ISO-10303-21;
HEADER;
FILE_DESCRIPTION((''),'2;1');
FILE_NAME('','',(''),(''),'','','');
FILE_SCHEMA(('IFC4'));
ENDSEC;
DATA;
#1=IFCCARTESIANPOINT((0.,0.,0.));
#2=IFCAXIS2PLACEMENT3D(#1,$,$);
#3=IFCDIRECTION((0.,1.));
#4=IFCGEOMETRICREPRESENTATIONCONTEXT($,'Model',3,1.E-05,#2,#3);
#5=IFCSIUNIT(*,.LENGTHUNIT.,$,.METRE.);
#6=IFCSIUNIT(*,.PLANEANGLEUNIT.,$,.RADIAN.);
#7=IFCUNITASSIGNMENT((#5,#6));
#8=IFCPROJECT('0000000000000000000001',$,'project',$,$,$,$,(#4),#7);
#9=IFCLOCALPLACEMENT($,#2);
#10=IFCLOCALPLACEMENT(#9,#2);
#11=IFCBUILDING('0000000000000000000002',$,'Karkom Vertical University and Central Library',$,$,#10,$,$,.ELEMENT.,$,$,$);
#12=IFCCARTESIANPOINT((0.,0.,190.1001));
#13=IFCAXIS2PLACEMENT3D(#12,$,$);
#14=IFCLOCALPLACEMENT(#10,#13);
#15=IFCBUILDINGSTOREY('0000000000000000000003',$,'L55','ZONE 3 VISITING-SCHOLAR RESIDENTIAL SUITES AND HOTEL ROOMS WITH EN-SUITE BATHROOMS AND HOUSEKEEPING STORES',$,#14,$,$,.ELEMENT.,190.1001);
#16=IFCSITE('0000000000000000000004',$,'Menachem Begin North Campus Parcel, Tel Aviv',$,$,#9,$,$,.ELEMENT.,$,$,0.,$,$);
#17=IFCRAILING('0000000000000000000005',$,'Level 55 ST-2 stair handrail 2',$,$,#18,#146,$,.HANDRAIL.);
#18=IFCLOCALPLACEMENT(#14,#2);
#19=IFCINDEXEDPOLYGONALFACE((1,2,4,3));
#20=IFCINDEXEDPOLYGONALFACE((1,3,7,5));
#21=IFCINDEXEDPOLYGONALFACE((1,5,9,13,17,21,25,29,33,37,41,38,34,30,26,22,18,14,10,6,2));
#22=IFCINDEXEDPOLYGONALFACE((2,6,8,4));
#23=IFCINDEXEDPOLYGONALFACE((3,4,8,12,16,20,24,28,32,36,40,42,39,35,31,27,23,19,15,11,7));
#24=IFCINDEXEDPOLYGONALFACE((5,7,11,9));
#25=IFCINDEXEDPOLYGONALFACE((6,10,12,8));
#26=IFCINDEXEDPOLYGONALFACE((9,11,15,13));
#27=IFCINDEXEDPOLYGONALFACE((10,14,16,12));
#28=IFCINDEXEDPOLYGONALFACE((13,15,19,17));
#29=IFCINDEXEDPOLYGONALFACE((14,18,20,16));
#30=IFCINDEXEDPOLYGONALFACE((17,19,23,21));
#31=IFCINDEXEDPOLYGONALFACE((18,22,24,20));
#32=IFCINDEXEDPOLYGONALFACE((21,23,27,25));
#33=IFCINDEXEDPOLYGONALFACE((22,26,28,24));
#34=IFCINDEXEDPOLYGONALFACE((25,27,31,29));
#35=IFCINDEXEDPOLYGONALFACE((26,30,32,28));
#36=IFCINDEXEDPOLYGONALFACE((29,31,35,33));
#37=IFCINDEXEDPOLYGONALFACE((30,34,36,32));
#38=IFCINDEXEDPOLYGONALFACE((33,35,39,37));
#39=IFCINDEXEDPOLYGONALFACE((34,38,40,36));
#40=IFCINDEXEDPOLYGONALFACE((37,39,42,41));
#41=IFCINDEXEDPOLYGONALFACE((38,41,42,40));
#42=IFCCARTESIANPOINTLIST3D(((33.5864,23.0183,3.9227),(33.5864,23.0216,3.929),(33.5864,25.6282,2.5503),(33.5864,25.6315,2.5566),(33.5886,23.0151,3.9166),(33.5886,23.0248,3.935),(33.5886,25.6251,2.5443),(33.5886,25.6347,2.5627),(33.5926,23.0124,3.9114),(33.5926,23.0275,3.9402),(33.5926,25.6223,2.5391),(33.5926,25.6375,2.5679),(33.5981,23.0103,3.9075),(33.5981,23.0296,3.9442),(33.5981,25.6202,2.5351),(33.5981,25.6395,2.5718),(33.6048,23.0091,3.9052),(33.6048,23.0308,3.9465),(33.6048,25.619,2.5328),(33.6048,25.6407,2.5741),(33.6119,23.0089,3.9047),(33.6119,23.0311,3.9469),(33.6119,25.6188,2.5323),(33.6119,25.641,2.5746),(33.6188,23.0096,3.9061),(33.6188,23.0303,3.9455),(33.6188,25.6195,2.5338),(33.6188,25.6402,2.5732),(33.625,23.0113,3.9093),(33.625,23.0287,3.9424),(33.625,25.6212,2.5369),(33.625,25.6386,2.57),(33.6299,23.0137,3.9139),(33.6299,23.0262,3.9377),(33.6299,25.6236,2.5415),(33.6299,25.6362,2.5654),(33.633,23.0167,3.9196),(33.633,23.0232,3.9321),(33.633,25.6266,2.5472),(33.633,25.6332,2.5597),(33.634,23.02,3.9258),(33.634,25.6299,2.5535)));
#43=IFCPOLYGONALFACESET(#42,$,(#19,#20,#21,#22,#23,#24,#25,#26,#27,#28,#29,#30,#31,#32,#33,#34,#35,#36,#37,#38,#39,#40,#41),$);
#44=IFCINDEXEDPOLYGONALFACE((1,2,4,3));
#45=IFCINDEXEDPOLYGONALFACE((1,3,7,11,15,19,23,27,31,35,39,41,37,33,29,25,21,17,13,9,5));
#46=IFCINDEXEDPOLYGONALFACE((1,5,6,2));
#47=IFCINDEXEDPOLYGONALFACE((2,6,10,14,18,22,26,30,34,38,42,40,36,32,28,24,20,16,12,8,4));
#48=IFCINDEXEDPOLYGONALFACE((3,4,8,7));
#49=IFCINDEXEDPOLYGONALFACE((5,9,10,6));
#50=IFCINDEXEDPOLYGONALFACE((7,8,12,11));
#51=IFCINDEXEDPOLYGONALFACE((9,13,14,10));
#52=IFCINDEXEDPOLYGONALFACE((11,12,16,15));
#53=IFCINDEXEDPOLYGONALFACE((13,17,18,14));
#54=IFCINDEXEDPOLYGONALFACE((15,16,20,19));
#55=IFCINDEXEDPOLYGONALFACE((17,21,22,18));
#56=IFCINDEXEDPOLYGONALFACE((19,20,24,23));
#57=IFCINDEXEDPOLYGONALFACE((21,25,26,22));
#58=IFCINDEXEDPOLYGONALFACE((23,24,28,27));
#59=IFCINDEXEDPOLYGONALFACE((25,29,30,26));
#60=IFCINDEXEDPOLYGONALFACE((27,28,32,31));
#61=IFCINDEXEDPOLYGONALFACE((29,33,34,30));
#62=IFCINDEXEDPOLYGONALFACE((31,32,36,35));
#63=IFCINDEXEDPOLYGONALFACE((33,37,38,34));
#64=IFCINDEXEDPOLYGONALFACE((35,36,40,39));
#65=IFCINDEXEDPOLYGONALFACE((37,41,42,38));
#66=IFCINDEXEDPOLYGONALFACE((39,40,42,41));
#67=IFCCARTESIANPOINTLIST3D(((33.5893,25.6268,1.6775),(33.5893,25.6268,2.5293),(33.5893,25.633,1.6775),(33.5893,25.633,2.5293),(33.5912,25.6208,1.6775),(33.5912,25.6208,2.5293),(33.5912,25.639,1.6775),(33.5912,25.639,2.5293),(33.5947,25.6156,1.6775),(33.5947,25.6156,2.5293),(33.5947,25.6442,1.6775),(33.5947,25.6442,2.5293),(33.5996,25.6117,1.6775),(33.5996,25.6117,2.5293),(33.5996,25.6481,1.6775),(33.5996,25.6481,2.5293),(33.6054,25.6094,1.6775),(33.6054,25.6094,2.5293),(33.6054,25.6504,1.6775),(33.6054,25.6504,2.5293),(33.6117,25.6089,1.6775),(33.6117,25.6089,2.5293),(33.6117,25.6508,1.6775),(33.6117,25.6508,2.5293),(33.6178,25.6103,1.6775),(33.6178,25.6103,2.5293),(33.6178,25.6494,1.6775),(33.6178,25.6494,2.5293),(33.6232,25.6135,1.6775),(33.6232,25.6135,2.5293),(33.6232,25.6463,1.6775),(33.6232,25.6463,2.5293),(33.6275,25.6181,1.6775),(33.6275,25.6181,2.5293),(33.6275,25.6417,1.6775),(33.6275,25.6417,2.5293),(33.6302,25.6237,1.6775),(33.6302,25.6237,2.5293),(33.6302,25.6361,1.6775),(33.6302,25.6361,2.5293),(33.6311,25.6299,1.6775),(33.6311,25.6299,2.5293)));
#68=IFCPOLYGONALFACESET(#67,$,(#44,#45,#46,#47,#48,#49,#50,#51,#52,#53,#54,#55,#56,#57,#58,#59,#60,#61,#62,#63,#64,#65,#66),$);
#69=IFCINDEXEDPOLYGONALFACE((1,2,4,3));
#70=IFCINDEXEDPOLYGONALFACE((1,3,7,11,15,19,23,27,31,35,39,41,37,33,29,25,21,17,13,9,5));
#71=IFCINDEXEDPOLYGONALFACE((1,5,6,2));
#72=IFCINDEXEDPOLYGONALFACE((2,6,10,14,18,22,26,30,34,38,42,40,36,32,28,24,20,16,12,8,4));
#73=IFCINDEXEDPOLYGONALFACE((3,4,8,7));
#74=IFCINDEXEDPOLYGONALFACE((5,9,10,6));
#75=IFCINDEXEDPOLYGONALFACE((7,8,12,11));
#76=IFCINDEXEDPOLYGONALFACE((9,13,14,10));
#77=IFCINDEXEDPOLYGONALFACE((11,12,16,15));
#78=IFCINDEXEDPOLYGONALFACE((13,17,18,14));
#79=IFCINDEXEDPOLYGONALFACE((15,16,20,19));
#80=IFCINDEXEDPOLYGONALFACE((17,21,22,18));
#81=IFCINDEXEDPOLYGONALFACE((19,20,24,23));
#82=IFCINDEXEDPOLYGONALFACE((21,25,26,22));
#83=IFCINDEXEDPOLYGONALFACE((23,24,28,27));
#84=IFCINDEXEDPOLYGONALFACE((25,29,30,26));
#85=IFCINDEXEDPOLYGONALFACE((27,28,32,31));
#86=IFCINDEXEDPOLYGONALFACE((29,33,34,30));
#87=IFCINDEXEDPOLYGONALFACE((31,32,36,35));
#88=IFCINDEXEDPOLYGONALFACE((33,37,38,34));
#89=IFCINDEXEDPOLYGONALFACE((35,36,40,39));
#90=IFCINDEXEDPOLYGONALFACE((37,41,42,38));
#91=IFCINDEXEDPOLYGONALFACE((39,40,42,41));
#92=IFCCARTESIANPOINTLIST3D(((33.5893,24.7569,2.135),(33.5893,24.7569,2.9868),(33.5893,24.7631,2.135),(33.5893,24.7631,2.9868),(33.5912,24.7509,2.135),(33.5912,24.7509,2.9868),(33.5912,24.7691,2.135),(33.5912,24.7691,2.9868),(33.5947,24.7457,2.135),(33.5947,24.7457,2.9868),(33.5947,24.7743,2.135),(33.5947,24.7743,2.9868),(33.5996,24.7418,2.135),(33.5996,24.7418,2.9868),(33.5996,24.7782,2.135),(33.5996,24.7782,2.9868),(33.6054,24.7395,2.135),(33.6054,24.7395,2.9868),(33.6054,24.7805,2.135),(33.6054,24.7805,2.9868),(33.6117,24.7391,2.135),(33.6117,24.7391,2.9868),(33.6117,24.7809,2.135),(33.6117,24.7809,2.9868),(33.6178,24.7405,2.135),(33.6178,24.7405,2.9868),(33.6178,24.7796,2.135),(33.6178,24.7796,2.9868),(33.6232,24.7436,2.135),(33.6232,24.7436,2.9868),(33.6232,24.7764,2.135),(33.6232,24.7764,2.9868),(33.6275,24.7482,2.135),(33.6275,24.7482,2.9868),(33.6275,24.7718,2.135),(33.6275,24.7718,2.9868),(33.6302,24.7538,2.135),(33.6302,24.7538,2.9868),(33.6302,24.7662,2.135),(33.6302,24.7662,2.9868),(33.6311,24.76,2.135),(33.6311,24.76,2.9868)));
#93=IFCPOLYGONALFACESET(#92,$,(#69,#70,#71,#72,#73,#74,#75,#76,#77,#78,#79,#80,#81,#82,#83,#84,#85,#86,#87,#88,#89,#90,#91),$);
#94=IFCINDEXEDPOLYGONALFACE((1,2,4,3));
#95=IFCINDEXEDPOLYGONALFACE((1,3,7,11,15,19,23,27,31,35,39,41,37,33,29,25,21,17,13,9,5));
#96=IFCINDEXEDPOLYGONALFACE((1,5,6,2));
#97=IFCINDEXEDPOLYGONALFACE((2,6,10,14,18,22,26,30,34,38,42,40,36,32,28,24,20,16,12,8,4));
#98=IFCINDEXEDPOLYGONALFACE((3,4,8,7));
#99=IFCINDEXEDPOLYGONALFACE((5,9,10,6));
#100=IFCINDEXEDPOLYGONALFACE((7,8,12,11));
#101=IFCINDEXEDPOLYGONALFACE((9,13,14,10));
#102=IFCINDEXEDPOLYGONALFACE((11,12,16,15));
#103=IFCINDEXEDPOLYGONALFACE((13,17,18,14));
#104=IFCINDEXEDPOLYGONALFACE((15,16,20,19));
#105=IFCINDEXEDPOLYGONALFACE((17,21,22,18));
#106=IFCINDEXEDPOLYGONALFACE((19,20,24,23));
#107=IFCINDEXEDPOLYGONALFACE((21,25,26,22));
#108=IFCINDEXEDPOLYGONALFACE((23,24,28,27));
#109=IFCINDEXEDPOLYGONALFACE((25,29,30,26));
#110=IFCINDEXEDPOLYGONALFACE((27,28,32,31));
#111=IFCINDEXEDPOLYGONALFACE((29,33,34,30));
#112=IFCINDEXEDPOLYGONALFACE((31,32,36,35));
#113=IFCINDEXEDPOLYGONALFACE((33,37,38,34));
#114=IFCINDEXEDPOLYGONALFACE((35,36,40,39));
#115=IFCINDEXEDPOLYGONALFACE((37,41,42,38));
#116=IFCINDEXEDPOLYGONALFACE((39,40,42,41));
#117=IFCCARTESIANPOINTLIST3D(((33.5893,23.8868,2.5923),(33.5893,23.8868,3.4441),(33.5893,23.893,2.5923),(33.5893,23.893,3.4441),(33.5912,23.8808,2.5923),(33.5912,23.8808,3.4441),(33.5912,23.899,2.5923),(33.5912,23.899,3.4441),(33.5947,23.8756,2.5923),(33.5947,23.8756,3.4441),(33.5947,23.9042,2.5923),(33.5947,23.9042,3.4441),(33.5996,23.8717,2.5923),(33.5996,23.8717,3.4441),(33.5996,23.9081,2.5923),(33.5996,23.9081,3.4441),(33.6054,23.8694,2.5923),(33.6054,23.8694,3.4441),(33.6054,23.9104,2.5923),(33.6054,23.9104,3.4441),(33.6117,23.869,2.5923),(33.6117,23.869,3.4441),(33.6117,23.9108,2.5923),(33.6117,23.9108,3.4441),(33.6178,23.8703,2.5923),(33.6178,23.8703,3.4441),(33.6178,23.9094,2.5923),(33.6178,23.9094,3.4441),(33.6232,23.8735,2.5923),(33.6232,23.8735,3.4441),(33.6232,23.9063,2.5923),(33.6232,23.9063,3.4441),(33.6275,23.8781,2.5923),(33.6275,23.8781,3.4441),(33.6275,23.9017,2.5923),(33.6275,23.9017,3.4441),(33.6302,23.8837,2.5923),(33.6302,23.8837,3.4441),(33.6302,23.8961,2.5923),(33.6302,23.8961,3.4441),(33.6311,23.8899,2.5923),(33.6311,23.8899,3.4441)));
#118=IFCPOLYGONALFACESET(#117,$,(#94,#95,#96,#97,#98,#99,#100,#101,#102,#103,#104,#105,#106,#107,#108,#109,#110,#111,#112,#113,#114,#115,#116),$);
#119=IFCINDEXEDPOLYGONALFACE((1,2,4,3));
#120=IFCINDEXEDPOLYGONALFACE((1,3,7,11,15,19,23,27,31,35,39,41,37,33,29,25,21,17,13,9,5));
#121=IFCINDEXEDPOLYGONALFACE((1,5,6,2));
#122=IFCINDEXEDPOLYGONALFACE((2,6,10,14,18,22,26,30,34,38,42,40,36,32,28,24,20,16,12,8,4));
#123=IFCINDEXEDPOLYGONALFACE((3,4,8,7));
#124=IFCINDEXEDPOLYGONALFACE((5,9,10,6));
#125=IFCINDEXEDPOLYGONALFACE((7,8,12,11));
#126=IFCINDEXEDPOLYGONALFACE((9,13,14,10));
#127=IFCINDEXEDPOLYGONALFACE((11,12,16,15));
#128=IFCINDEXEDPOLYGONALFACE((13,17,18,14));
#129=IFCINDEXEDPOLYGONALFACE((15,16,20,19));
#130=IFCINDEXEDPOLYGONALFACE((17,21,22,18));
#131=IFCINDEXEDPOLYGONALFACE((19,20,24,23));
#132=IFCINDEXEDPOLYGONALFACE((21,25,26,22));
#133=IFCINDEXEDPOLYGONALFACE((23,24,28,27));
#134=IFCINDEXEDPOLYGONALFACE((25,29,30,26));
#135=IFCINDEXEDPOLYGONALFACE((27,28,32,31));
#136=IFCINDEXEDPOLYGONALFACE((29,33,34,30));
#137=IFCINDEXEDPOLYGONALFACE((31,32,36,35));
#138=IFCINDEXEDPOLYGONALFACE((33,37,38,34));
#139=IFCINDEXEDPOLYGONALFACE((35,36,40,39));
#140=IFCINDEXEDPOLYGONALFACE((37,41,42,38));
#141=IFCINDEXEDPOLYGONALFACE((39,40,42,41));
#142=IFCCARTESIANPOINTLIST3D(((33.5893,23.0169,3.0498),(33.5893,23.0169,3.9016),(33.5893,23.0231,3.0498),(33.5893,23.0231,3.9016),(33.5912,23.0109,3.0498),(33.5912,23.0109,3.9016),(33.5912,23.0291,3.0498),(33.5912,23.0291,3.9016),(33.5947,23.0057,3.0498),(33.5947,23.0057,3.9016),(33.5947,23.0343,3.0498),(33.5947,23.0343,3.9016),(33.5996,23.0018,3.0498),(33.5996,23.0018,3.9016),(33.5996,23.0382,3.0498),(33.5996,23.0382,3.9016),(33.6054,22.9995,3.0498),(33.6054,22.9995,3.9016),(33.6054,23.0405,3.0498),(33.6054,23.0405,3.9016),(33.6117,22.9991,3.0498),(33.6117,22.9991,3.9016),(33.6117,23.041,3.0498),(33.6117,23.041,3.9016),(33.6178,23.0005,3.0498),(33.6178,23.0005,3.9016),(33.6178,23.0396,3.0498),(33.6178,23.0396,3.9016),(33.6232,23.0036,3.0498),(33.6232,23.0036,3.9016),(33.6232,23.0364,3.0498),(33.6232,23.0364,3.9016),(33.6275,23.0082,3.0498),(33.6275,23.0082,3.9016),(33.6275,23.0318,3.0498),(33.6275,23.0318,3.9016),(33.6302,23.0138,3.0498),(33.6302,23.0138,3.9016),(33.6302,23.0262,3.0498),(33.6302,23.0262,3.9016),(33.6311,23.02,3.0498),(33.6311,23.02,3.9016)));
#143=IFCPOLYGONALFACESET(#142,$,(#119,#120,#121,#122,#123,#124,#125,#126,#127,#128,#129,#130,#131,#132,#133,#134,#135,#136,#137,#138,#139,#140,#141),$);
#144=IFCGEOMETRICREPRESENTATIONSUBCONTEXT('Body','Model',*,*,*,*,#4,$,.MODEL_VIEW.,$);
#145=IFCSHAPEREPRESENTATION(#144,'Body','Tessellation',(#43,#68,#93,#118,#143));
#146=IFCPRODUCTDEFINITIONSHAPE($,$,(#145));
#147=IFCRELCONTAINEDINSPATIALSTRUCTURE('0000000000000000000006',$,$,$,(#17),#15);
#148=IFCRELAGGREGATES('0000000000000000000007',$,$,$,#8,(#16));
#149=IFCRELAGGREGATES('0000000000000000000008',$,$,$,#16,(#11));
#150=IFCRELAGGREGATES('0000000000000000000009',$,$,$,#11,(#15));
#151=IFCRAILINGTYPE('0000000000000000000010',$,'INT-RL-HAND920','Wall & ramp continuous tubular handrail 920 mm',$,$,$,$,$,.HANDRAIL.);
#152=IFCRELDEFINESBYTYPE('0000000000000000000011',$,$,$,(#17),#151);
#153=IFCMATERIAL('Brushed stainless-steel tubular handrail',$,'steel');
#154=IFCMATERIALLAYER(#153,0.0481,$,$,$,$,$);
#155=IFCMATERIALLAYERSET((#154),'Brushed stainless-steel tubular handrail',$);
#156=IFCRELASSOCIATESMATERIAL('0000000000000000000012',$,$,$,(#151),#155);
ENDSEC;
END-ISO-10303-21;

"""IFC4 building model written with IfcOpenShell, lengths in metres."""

from ifc_helpers import new_model, si_unit, direction, frame, origin, origin_2d, place, context, subcontext, project, spatial, circle, extrude, material, layer, layer_set, type_object, element, save


model = new_model("IFC4")

# Units and contexts
model_context = context("Model", 3, precision=1e-05, world=origin(), true_north=direction((0.0, 1.0)))
body_context = subcontext(model_context, "Body", "Model", "MODEL_VIEW")
ifc_project = project(units=[si_unit("LENGTHUNIT", "METRE"), si_unit("PLANEANGLEUNIT", "RADIAN")], contexts=[model_context])

# Site, building, storey
site_placement = place(None, origin())
site = spatial("IfcSite", under=ifc_project, at=site_placement, Name="Menachem Begin North Campus Parcel, Tel Aviv", CompositionType="ELEMENT", RefElevation=0.0)
building_placement = place(site_placement, origin())
building = spatial("IfcBuilding", under=site, at=building_placement, Name="Karkom Vertical University and Central Library", CompositionType="ELEMENT")
storey_placement = place(building_placement, frame((0.0, 0.0, 190.1001)))
storey = spatial("IfcBuildingStorey", under=building, at=storey_placement, Name="L55", Description="ZONE 3 VISITING-SCHOLAR RESIDENTIAL SUITES AND HOTEL ROOMS WITH EN-SUITE BATHROOMS AND HOUSEKEEPING STORES", CompositionType="ELEMENT", Elevation=190.1001)

# Railing
ifc_material_1 = material(Name="Brushed stainless-steel tubular handrail", Category="steel")
ifc_layer_1 = layer(ifc_material_1, 0.0481)
ifc_layer_set_1 = layer_set([ifc_layer_1], Name="Brushed stainless-steel tubular handrail")
railing_type_1 = type_object("IfcRailingType", Name="INT-RL-HAND920", Description="Wall & ramp continuous tubular handrail 920 mm", PredefinedType="HANDRAIL", material=ifc_layer_set_1)
railing_1_placement = place(storey_placement, frame((33.6101, 25.6299, 1.6775)))
element("IfcRailing", 1, at=railing_1_placement, inside=storey, type_object=railing_type_1, Name="Level 55 ST-2 stair handrail 2", PredefinedType="HANDRAIL", context=body_context, shape_type="SweptSolid", body=[
    extrude(circle(Radius=0.0239, at=origin_2d()), frame((0.0, 0.0, 0.876), z_axis=(0.0, -0.8851, 0.465402), x_axis=(1.0, 0.0, 0.0)), (0.0, 0.0, 1.0), 2.9487),
    extrude(circle(Radius=0.021, at=origin_2d()), origin(), (0.0, 0.0, 1.0), 0.8518),
    extrude(circle(Radius=0.021, at=origin_2d()), frame((0.0, -0.8699, 0.4575)), (0.0, 0.0, 1.0), 0.8518),
    extrude(circle(Radius=0.021, at=origin_2d()), frame((0.0, -1.74, 0.9148)), (0.0, 0.0, 1.0), 0.8518),
    extrude(circle(Radius=0.021, at=origin_2d()), frame((0.0, -2.6099, 1.3723)), (0.0, 0.0, 1.0), 0.8518),
])

save(model, "model.ifc")
